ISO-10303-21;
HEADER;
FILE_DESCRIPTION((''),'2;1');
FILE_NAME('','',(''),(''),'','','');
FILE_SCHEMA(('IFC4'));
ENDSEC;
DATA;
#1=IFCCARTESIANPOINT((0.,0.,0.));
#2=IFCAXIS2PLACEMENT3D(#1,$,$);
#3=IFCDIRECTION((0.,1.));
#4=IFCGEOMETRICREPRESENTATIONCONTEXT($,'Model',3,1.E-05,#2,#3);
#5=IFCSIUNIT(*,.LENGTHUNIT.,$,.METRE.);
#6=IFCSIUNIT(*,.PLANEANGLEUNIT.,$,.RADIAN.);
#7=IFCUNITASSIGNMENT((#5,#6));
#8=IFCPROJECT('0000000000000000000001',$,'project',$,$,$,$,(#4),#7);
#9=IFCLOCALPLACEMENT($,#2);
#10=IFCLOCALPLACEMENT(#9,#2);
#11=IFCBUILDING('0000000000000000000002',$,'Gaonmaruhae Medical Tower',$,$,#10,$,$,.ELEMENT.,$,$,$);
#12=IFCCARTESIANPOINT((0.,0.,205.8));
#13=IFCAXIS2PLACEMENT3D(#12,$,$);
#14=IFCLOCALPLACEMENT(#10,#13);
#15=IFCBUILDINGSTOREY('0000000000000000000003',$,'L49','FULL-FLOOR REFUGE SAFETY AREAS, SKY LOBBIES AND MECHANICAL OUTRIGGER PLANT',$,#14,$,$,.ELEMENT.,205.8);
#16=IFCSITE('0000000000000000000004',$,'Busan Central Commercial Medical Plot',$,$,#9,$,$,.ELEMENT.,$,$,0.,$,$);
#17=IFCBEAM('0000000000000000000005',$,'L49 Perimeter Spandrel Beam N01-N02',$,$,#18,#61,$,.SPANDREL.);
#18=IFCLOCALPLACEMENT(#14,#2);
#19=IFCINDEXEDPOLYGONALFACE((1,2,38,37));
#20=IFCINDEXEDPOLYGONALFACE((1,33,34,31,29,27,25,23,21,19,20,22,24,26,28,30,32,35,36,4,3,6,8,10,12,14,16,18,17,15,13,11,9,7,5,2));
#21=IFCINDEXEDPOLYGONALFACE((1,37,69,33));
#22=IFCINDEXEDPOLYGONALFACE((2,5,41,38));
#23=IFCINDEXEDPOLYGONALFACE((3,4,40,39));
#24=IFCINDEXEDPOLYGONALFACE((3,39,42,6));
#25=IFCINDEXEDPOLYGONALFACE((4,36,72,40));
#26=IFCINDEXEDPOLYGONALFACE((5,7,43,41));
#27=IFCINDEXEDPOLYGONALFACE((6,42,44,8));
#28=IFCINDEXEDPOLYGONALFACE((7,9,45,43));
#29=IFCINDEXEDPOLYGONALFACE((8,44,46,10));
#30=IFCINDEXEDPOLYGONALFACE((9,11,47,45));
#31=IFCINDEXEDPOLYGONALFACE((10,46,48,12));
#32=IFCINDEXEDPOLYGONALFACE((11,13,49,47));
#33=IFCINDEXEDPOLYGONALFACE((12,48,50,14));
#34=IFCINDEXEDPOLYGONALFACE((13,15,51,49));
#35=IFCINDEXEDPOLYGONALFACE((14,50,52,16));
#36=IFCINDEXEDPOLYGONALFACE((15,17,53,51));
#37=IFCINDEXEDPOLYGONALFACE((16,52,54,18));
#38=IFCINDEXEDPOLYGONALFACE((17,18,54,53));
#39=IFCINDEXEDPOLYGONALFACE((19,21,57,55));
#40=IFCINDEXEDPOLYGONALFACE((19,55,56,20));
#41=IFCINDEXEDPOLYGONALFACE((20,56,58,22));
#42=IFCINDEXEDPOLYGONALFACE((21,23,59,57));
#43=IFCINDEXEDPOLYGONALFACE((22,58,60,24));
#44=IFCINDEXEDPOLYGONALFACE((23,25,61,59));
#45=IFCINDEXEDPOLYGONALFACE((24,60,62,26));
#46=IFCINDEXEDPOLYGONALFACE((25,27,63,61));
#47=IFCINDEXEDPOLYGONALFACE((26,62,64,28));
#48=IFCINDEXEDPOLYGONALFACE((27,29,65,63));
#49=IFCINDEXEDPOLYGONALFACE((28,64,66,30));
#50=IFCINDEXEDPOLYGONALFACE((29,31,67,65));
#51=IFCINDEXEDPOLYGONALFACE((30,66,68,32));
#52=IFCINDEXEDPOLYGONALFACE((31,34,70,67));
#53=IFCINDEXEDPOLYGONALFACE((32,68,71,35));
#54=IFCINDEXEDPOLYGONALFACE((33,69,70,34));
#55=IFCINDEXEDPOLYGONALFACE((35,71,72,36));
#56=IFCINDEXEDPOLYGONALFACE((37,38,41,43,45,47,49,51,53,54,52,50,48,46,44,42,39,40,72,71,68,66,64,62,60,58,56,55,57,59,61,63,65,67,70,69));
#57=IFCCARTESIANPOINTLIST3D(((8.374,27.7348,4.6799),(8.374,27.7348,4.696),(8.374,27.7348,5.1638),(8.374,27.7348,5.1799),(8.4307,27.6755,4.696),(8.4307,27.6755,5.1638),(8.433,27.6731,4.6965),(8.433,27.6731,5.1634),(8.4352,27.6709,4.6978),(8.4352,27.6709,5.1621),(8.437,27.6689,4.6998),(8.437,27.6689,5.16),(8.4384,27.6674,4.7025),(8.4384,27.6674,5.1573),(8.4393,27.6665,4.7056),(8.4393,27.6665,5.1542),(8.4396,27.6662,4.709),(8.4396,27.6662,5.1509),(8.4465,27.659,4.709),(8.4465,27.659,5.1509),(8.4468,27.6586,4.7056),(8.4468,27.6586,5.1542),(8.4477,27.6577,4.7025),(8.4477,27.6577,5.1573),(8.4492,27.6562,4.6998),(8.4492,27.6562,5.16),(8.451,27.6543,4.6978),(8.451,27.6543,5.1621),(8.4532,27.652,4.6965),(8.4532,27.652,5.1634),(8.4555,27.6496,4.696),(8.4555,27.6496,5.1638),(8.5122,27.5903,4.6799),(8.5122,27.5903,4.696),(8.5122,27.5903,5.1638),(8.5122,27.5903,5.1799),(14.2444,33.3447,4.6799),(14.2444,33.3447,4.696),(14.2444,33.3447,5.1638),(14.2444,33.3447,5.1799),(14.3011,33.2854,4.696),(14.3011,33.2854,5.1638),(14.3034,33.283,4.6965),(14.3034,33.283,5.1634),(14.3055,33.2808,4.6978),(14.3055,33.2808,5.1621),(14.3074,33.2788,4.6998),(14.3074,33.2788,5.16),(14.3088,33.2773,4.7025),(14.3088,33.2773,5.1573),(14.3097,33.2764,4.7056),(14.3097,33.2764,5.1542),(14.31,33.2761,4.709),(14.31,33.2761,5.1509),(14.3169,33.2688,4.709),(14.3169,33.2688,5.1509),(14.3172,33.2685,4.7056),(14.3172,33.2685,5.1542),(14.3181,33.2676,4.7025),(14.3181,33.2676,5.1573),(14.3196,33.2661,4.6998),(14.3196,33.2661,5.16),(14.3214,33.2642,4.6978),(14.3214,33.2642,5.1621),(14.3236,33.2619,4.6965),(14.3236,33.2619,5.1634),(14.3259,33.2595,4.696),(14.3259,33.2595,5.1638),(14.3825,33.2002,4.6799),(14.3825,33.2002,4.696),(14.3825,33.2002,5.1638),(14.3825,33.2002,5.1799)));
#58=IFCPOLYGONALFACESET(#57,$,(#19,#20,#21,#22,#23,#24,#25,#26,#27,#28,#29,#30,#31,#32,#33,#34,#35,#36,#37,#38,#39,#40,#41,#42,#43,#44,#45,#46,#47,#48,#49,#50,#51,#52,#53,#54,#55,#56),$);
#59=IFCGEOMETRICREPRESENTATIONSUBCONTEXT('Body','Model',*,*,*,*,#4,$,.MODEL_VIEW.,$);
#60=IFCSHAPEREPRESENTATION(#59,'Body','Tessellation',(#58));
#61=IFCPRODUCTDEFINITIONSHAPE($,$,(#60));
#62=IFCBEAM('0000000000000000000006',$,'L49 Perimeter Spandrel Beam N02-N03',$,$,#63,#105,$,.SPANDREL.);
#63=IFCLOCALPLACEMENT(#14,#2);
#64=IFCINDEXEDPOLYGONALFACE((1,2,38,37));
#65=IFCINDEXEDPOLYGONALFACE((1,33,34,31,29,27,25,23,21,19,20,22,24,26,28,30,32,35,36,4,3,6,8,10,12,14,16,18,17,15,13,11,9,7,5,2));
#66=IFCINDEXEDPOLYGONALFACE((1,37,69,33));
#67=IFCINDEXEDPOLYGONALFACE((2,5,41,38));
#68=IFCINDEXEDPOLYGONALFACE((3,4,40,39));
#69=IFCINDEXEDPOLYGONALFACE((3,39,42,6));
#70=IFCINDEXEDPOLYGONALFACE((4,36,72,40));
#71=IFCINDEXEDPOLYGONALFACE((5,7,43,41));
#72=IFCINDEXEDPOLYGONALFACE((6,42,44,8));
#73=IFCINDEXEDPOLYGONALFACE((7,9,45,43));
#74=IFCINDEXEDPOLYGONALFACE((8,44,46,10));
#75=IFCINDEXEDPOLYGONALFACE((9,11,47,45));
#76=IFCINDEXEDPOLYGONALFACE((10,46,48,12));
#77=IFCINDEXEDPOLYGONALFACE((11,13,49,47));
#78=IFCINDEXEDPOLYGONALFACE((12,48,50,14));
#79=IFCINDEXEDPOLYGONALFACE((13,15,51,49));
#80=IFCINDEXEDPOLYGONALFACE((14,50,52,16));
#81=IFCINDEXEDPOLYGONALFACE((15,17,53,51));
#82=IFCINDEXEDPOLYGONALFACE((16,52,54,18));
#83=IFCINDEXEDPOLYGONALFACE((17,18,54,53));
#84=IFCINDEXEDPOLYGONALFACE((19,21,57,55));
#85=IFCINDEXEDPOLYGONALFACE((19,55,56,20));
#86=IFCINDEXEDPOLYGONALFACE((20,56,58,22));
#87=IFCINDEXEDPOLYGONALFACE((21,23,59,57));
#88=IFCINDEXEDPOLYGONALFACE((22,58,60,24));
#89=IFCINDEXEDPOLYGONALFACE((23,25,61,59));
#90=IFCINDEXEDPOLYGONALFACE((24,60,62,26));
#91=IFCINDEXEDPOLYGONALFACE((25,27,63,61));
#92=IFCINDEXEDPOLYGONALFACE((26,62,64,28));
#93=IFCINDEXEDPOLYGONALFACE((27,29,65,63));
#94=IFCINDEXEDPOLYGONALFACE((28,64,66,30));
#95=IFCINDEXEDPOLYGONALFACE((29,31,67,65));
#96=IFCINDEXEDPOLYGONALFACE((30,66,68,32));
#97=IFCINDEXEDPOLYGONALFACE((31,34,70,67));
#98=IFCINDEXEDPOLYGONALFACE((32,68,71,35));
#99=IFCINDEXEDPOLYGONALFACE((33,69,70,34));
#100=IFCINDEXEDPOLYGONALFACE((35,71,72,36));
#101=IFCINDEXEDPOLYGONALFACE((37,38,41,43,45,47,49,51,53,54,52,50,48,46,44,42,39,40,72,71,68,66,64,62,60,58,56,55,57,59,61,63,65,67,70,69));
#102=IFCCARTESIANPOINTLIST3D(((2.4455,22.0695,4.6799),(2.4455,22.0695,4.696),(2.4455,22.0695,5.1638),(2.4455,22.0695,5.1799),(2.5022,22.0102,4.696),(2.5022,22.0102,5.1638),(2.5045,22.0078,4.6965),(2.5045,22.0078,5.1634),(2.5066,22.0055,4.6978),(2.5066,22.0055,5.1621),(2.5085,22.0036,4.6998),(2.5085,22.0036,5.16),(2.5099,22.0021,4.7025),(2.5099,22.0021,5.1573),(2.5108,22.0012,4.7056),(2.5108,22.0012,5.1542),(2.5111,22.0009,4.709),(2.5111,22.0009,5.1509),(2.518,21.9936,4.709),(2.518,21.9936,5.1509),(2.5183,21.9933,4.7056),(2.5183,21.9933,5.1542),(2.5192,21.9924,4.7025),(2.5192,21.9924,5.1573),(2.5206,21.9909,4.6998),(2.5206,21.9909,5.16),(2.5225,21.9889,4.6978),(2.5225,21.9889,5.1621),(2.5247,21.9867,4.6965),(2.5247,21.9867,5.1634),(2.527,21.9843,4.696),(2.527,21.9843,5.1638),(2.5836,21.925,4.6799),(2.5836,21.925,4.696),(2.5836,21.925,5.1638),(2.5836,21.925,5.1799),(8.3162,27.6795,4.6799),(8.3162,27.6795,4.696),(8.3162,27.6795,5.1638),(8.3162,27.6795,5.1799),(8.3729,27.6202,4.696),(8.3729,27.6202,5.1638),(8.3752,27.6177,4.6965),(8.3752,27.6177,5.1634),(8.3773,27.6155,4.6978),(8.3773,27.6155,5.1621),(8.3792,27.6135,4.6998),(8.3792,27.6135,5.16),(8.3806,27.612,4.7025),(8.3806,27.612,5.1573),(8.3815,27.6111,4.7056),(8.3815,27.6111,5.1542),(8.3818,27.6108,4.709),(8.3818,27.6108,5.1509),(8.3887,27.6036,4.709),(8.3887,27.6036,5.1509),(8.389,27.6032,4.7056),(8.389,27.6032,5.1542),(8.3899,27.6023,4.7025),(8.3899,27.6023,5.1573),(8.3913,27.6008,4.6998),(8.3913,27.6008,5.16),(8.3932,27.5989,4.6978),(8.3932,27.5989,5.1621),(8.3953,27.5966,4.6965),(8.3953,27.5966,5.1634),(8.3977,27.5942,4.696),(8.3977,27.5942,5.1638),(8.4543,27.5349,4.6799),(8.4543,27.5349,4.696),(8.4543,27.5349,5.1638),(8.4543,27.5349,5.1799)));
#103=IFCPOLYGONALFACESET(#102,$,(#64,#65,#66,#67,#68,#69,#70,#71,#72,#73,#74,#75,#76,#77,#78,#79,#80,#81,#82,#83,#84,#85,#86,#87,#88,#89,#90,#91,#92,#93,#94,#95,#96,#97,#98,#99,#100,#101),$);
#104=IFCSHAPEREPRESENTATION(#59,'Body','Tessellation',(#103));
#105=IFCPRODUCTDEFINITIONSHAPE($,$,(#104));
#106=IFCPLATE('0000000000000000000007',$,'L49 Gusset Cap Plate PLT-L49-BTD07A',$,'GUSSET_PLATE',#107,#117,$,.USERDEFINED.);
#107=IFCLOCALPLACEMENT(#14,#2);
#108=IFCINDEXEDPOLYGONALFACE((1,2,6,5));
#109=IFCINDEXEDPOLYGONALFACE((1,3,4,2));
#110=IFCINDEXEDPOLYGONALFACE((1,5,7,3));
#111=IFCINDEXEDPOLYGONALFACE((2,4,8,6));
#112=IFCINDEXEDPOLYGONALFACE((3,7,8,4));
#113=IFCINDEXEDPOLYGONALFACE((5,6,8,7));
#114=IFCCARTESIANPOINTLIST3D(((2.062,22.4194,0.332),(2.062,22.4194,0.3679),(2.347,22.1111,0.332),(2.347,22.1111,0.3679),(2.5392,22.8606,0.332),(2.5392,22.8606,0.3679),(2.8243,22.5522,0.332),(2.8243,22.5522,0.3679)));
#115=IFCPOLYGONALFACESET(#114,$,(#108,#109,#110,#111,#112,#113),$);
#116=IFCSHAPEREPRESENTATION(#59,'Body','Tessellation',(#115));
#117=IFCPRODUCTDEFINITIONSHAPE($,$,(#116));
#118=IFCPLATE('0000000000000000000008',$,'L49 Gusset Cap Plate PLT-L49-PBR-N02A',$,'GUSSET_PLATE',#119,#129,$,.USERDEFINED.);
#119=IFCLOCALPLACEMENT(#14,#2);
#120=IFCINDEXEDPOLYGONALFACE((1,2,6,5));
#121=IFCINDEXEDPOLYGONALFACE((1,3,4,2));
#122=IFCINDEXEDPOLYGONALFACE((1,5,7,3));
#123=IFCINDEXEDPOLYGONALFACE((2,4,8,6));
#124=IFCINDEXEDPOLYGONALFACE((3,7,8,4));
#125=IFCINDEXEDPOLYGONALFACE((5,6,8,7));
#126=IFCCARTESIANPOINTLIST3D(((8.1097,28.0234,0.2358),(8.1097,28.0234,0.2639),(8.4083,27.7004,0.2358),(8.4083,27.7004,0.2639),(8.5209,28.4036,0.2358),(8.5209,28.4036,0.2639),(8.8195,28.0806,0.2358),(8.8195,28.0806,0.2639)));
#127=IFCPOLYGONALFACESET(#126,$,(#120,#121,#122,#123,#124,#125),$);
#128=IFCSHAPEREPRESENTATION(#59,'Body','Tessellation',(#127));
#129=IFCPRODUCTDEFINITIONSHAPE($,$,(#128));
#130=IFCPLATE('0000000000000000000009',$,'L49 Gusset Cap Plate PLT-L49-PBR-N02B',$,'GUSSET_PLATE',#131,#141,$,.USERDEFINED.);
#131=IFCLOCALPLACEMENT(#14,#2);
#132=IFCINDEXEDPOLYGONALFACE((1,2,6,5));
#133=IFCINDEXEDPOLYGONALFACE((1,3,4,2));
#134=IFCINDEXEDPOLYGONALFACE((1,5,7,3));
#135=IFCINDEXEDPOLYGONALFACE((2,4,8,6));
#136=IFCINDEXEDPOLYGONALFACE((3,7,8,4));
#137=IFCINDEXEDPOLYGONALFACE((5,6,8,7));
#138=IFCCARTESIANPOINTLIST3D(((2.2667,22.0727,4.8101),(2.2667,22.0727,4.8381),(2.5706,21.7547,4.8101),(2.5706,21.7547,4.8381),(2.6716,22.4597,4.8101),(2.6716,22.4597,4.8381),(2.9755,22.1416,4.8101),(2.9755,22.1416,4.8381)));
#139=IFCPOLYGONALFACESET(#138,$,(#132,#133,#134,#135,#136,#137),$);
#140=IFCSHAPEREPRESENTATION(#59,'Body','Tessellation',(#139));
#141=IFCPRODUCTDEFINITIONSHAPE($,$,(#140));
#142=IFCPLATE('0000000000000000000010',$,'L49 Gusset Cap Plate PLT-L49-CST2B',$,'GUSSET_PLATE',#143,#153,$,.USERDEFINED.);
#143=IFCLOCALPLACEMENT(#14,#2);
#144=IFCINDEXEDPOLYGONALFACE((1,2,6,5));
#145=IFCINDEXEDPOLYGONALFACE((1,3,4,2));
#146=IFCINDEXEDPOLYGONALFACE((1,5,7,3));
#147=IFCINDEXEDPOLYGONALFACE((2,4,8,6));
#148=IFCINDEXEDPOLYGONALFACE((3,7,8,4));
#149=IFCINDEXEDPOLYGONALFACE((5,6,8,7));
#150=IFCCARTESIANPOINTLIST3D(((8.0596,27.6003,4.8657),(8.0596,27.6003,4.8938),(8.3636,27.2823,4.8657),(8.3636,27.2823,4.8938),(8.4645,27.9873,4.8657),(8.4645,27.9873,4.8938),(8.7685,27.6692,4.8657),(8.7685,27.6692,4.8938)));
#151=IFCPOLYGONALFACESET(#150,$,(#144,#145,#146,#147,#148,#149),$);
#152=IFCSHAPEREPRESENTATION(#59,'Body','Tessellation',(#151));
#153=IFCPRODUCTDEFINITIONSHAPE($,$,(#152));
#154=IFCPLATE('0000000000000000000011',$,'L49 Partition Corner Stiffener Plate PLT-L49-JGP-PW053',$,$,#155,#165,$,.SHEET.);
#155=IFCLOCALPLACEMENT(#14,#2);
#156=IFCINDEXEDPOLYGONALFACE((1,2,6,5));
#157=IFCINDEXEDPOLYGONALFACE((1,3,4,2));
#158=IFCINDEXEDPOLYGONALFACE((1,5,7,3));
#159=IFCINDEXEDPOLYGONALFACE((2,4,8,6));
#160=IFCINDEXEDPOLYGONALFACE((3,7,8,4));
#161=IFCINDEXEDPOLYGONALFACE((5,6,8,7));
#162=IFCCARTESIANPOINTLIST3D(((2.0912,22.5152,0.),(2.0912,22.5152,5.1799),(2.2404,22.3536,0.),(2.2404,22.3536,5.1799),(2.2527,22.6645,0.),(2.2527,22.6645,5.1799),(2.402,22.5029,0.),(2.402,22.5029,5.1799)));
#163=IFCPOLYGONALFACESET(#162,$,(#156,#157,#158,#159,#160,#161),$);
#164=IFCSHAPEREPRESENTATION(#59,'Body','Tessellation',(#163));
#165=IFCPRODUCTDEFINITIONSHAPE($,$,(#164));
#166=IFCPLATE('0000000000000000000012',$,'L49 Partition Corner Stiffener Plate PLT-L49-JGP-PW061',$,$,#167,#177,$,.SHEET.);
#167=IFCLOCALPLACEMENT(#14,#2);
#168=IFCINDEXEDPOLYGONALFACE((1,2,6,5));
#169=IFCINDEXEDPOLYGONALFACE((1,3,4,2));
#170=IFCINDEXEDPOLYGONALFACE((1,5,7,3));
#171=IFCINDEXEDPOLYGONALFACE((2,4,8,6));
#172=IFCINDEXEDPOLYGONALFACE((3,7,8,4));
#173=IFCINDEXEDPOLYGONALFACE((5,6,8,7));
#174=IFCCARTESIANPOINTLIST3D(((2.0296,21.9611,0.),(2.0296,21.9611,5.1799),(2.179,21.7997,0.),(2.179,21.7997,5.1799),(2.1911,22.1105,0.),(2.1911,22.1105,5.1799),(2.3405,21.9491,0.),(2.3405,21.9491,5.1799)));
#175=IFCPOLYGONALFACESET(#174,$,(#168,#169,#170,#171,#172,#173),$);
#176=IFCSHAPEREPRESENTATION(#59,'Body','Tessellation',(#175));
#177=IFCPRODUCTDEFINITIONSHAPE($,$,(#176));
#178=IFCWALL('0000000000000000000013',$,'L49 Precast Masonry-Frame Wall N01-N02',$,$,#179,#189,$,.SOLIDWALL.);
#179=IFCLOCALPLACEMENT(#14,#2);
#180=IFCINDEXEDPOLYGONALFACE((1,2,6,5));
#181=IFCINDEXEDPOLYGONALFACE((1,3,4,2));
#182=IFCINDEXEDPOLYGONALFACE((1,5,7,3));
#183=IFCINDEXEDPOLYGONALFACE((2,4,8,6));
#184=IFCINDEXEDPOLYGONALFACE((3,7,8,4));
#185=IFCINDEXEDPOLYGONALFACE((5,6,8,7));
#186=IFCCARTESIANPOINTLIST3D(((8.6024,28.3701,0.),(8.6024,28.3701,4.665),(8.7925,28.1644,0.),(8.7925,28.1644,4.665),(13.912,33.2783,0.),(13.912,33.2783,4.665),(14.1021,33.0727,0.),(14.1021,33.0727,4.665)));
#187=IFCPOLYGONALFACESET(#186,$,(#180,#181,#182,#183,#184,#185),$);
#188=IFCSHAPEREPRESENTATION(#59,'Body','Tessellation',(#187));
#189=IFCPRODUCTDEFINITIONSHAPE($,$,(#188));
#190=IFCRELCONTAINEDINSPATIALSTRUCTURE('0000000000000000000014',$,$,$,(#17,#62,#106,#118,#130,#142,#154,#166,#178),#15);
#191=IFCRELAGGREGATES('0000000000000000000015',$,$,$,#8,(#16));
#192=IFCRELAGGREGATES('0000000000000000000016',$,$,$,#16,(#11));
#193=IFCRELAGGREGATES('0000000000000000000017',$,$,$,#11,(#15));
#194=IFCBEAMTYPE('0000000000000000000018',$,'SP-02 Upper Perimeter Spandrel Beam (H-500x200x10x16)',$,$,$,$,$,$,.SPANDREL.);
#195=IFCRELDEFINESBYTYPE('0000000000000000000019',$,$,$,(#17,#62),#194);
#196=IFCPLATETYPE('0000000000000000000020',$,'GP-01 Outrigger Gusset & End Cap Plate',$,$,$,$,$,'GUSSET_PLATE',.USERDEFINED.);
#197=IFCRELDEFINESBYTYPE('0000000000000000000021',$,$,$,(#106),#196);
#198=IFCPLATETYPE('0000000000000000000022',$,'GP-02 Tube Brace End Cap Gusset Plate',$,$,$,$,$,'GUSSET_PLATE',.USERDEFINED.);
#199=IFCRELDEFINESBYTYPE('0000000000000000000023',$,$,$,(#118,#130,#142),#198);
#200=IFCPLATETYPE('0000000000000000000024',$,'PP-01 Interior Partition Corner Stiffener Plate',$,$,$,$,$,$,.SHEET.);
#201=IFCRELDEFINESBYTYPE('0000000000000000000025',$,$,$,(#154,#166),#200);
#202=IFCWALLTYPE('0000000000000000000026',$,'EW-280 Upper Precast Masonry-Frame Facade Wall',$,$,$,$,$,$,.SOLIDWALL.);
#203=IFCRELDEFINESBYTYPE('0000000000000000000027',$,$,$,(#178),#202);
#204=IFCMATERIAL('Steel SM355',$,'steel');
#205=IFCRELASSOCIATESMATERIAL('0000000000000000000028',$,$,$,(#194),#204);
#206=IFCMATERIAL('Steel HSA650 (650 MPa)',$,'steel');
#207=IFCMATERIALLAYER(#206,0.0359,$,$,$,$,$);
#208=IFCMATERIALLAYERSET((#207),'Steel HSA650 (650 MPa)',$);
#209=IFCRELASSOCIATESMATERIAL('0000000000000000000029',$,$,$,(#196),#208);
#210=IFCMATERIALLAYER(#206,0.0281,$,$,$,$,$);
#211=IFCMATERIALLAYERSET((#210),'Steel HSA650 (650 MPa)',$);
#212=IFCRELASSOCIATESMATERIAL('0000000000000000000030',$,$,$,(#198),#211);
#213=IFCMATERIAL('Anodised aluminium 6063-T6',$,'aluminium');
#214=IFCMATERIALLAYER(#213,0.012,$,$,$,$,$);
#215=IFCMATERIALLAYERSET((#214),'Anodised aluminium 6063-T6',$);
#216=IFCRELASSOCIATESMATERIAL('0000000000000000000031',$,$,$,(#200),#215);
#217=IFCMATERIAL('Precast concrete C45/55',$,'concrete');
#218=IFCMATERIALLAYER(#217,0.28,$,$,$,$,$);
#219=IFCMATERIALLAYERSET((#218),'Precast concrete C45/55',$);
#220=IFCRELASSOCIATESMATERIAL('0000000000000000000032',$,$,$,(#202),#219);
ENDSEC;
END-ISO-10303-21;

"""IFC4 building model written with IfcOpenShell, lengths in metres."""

from ifc_helpers import new_model, si_unit, direction, frame, frame_2d, origin, origin_2d, place, context, subcontext, project, spatial, rectangle, i_section, extrude, material, layer, layer_set, material_profile, profile_set, type_object, element, save


model = new_model("IFC4")

# Units and contexts
model_context = context("Model", 3, precision=1e-05, world=origin(), true_north=direction((0.0, 1.0)))
body_context = subcontext(model_context, "Body", "Model", "MODEL_VIEW")
ifc_project = project(units=[si_unit("LENGTHUNIT", "METRE"), si_unit("PLANEANGLEUNIT", "RADIAN")], contexts=[model_context])

# Site, building, storey
site_placement = place(None, origin())
site = spatial("IfcSite", under=ifc_project, at=site_placement, Name="Busan Central Commercial Medical Plot", CompositionType="ELEMENT", RefElevation=0.0)
building_placement = place(site_placement, origin())
building = spatial("IfcBuilding", under=site, at=building_placement, Name="Gaonmaruhae Medical Tower", CompositionType="ELEMENT")
storey_placement = place(building_placement, frame((0.0, 0.0, 205.8)))
storey = spatial("IfcBuildingStorey", under=building, at=storey_placement, Name="L49", Description="FULL-FLOOR REFUGE SAFETY AREAS, SKY LOBBIES AND MECHANICAL OUTRIGGER PLANT", CompositionType="ELEMENT", Elevation=205.8)

# Shared definitions
ifc_material_1 = material(Name="Steel HSA650 (650 MPa)", Category="steel")

# Shared definitions
ifc_material_2 = material(Name="Steel SM355", Category="steel")

# Beams
ifc_material_profile_1 = material_profile(ifc_material_2, i_section(OverallWidth=0.2, OverallDepth=0.5, WebThickness=0.01, FlangeThickness=0.0161, FilletRadius=0.0129, at=origin_2d()), Name="H-500x200x10x16")
ifc_profile_set_1 = profile_set([ifc_material_profile_1], Name="Steel SM355")
beam_type_1 = type_object("IfcBeamType", Name="SP-02 Upper Perimeter Spandrel Beam (H-500x200x10x16)", PredefinedType="SPANDREL", material=ifc_profile_set_1)
beam_1_placement = place(storey_placement, frame((14.3135, 33.2725, 4.9299), z_axis=(-0.722966, -0.690884, 0.0), x_axis=(0.690884, -0.722966, 0.0)))
element("IfcBeam", 1, at=beam_1_placement, inside=storey, type_object=beam_type_1, Name="L49 Perimeter Spandrel Beam N01-N02", PredefinedType="SPANDREL", context=body_context, shape_type="SweptSolid", body=[
    extrude(i_section(OverallWidth=0.2, OverallDepth=0.5, WebThickness=0.01, FlangeThickness=0.0161, FilletRadius=0.0129, at=origin_2d()), origin(), (0.0, 0.0, 1.0), 8.1199),
])
beam_2_placement = place(storey_placement, frame((8.3853, 27.6072, 4.9299), z_axis=(-0.72298, -0.690869, 0.0), x_axis=(0.690869, -0.72298, 0.0)))
element("IfcBeam", 2, at=beam_2_placement, inside=storey, type_object=beam_type_1, Name="L49 Perimeter Spandrel Beam N02-N03", PredefinedType="SPANDREL", context=body_context, shape_type="SweptSolid", body=[
    extrude(i_section(OverallWidth=0.2, OverallDepth=0.5, WebThickness=0.01, FlangeThickness=0.0161, FilletRadius=0.0129, at=origin_2d()), origin(), (0.0, 0.0, 1.0), 8.1201),
])

# Plates
ifc_layer_1 = layer(ifc_material_1, 0.0359)
ifc_layer_set_1 = layer_set([ifc_layer_1], Name="Steel HSA650 (650 MPa)")
plate_type_1 = type_object("IfcPlateType", Name="GP-01 Outrigger Gusset & End Cap Plate", ElementType="GUSSET_PLATE", PredefinedType="USERDEFINED", material=ifc_layer_set_1)
plate_placement = place(storey_placement, frame((2.4431, 22.4858, 0.332), z_axis=(0.0, 0.0, 1.0), x_axis=(0.734323, 0.678801, 0.0)))
element("IfcPlate", 3, at=plate_placement, inside=storey, type_object=plate_type_1, Name="L49 Gusset Cap Plate PLT-L49-BTD07A", ObjectType="GUSSET_PLATE", PredefinedType="USERDEFINED", context=body_context, shape_type="SweptSolid", body=[
    extrude(rectangle(XDim=0.6499, YDim=0.4199, at=origin_2d()), origin(), (0.0, 0.0, 1.0), 0.0359),
])
ifc_layer_2 = layer(ifc_material_1, 0.0281)
ifc_layer_set_2 = layer_set([ifc_layer_2], Name="Steel HSA650 (650 MPa)")
plate_type_2 = type_object("IfcPlateType", Name="GP-02 Tube Brace End Cap Gusset Plate", ElementType="GUSSET_PLATE", PredefinedType="USERDEFINED", material=ifc_layer_set_2)
for number, where, z_axis, x_axis, name in (
    (4, (8.4646, 28.052, 0.2358), (0.0, 0.0, 1.0), (0.734323, 0.678801, 0.0), "L49 Gusset Cap Plate PLT-L49-PBR-N02A"),
    (5, (2.6211, 22.1072, 4.8101), (0.0, 0.0, 1.0), (0.722967, 0.690882, 0.0), "L49 Gusset Cap Plate PLT-L49-PBR-N02B"),
    (6, (8.4141, 27.6348, 4.8657), (0.0, 0.0, 1.0), (0.722967, 0.690882, 0.0), "L49 Gusset Cap Plate PLT-L49-CST2B"),
):
    element("IfcPlate", number, at=place(storey_placement, frame(where, z_axis=z_axis, x_axis=x_axis)), inside=storey, type_object=plate_type_2, Name=name, ObjectType="GUSSET_PLATE", PredefinedType="USERDEFINED", context=body_context, shape_type="SweptSolid", body=[
        extrude(rectangle(XDim=0.5601, YDim=0.4399, at=origin_2d()), origin(), (0.0, 0.0, 1.0), 0.0281),
    ])
ifc_material_3 = material(Name="Anodised aluminium 6063-T6", Category="aluminium")
ifc_layer_3 = layer(ifc_material_3, 0.012)
ifc_layer_set_3 = layer_set([ifc_layer_3], Name="Anodised aluminium 6063-T6")
plate_type_3 = type_object("IfcPlateType", Name="PP-01 Interior Partition Corner Stiffener Plate", PredefinedType="SHEET", material=ifc_layer_set_3)
for number, where, z_axis, x_axis, name in (
    (7, (2.2466, 22.509, 0.0), (0.0, 0.0, 1.0), (0.734441, 0.678673, 0.0), "L49 Partition Corner Stiffener Plate PLT-L49-JGP-PW053"),
    (8, (2.1851, 21.9551, 0.0), (0.0, 0.0, 1.0), (-0.679185, 0.733967, 0.0), "L49 Partition Corner Stiffener Plate PLT-L49-JGP-PW061"),
):
    element("IfcPlate", number, at=place(storey_placement, frame(where, z_axis=z_axis, x_axis=x_axis)), inside=storey, type_object=plate_type_3, Name=name, PredefinedType="SHEET", context=body_context, shape_type="SweptSolid", body=[
        extrude(rectangle(XDim=0.22, YDim=0.22, at=origin_2d()), origin(), (0.0, 0.0, 1.0), 5.1799),
    ])

# Wall
ifc_material_4 = material(Name="Precast concrete C45/55", Category="concrete")
ifc_layer_4 = layer(ifc_material_4, 0.28)
ifc_layer_set_4 = layer_set([ifc_layer_4], Name="Precast concrete C45/55")
wall_type_1 = type_object("IfcWallType", Name="EW-280 Upper Precast Masonry-Frame Facade Wall", PredefinedType="SOLIDWALL", material=ifc_layer_set_4)
wall_1_placement = place(storey_placement, frame((8.6975, 28.2673, 0.0), z_axis=(0.0, 0.0, 1.0), x_axis=(0.734317, 0.678807, 0.0)))
element("IfcWall", 9, at=wall_1_placement, inside=storey, type_object=wall_type_1, Name="L49 Precast Masonry-Frame Wall N01-N02", PredefinedType="SOLIDWALL", context=body_context, shape_type="SweptSolid", body=[
    extrude(rectangle(XDim=7.2307, YDim=0.28, at=frame_2d((3.6152, 0.0))), origin(), (0.0, 0.0, 1.0), 4.665),
])

save(model, "model.ifc")
